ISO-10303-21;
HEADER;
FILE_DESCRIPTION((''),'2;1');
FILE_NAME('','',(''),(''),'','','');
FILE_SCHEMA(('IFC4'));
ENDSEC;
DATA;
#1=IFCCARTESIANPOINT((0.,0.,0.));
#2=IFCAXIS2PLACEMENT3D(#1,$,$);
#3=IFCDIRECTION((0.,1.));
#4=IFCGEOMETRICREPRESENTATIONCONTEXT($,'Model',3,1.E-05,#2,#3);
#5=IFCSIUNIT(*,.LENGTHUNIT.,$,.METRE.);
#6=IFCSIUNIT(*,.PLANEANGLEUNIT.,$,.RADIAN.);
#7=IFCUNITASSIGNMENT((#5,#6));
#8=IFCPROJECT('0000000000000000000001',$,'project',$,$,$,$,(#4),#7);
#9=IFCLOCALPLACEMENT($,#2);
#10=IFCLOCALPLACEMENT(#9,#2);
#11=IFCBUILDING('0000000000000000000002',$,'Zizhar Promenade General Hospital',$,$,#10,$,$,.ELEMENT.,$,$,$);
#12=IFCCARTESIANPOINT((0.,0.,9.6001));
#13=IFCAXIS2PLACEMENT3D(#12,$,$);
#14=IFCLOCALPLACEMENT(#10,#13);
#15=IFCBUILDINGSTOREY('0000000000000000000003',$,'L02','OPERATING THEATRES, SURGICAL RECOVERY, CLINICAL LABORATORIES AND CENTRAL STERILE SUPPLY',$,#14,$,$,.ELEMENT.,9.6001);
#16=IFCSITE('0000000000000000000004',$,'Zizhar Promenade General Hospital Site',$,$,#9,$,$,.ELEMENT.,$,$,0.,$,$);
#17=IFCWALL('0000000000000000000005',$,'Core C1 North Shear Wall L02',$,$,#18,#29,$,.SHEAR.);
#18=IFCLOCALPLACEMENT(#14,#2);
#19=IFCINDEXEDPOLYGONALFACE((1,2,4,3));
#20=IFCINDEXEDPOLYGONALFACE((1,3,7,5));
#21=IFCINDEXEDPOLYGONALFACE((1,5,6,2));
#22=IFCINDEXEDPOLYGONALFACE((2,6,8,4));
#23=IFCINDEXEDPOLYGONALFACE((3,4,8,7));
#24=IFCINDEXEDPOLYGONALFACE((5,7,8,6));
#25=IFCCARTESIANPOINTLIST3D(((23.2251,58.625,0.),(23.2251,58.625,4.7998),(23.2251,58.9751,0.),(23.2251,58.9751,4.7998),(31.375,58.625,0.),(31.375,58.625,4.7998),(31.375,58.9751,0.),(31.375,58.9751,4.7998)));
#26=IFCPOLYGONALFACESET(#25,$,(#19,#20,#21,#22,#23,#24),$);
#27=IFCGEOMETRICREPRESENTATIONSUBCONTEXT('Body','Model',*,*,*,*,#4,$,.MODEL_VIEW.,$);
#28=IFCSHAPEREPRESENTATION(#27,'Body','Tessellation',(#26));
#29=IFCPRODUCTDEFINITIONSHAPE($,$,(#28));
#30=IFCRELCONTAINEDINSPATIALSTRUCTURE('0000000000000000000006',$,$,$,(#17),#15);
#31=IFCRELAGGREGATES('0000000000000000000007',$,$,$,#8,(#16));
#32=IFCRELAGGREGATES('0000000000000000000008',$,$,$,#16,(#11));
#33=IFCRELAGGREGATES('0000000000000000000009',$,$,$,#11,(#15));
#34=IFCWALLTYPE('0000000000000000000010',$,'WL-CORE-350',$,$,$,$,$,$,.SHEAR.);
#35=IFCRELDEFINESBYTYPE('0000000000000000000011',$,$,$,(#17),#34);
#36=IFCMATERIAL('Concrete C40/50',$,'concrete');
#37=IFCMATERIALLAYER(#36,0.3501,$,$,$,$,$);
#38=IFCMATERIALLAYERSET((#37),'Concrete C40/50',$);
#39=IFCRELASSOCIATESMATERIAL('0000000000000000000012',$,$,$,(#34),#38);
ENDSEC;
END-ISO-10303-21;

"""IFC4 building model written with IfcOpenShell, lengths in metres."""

from ifc_helpers import new_model, si_unit, direction, frame, frame_2d, origin, place, context, subcontext, project, spatial, rectangle, extrude, material, layer, layer_set, type_object, element, save


model = new_model("IFC4")

# Units and contexts
model_context = context("Model", 3, precision=1e-05, world=origin(), true_north=direction((0.0, 1.0)))
body_context = subcontext(model_context, "Body", "Model", "MODEL_VIEW")
ifc_project = project(units=[si_unit("LENGTHUNIT", "METRE"), si_unit("PLANEANGLEUNIT", "RADIAN")], contexts=[model_context])

# Site, building, storey
site_placement = place(None, origin())
site = spatial("IfcSite", under=ifc_project, at=site_placement, Name="Zizhar Promenade General Hospital Site", CompositionType="ELEMENT", RefElevation=0.0)
building_placement = place(site_placement, origin())
building = spatial("IfcBuilding", under=site, at=building_placement, Name="Zizhar Promenade General Hospital", CompositionType="ELEMENT")
storey_placement = place(building_placement, frame((0.0, 0.0, 9.6001)))
storey = spatial("IfcBuildingStorey", under=building, at=storey_placement, Name="L02", Description="OPERATING THEATRES, SURGICAL RECOVERY, CLINICAL LABORATORIES AND CENTRAL STERILE SUPPLY", CompositionType="ELEMENT", Elevation=9.6001)

# Wall
ifc_material_1 = material(Name="Concrete C40/50", Category="concrete")
ifc_layer_1 = layer(ifc_material_1, 0.3501)
ifc_layer_set_1 = layer_set([ifc_layer_1], Name="Concrete C40/50")
wall_type_1 = type_object("IfcWallType", Name="WL-CORE-350", PredefinedType="SHEAR", material=ifc_layer_set_1)
wall_1_placement = place(storey_placement, frame((23.2251, 58.8, 0.0), z_axis=(0.0, 0.0, 1.0), x_axis=(1.0, 0.0, 0.0)))
element("IfcWall", 1, at=wall_1_placement, inside=storey, type_object=wall_type_1, Name="Core C1 North Shear Wall L02", PredefinedType="SHEAR", context=body_context, shape_type="SweptSolid", body=[
    extrude(rectangle(XDim=8.1499, YDim=0.3501, at=frame_2d((4.075, 0.0))), origin(), (0.0, 0.0, 1.0), 4.7998),
])

save(model, "model.ifc")
